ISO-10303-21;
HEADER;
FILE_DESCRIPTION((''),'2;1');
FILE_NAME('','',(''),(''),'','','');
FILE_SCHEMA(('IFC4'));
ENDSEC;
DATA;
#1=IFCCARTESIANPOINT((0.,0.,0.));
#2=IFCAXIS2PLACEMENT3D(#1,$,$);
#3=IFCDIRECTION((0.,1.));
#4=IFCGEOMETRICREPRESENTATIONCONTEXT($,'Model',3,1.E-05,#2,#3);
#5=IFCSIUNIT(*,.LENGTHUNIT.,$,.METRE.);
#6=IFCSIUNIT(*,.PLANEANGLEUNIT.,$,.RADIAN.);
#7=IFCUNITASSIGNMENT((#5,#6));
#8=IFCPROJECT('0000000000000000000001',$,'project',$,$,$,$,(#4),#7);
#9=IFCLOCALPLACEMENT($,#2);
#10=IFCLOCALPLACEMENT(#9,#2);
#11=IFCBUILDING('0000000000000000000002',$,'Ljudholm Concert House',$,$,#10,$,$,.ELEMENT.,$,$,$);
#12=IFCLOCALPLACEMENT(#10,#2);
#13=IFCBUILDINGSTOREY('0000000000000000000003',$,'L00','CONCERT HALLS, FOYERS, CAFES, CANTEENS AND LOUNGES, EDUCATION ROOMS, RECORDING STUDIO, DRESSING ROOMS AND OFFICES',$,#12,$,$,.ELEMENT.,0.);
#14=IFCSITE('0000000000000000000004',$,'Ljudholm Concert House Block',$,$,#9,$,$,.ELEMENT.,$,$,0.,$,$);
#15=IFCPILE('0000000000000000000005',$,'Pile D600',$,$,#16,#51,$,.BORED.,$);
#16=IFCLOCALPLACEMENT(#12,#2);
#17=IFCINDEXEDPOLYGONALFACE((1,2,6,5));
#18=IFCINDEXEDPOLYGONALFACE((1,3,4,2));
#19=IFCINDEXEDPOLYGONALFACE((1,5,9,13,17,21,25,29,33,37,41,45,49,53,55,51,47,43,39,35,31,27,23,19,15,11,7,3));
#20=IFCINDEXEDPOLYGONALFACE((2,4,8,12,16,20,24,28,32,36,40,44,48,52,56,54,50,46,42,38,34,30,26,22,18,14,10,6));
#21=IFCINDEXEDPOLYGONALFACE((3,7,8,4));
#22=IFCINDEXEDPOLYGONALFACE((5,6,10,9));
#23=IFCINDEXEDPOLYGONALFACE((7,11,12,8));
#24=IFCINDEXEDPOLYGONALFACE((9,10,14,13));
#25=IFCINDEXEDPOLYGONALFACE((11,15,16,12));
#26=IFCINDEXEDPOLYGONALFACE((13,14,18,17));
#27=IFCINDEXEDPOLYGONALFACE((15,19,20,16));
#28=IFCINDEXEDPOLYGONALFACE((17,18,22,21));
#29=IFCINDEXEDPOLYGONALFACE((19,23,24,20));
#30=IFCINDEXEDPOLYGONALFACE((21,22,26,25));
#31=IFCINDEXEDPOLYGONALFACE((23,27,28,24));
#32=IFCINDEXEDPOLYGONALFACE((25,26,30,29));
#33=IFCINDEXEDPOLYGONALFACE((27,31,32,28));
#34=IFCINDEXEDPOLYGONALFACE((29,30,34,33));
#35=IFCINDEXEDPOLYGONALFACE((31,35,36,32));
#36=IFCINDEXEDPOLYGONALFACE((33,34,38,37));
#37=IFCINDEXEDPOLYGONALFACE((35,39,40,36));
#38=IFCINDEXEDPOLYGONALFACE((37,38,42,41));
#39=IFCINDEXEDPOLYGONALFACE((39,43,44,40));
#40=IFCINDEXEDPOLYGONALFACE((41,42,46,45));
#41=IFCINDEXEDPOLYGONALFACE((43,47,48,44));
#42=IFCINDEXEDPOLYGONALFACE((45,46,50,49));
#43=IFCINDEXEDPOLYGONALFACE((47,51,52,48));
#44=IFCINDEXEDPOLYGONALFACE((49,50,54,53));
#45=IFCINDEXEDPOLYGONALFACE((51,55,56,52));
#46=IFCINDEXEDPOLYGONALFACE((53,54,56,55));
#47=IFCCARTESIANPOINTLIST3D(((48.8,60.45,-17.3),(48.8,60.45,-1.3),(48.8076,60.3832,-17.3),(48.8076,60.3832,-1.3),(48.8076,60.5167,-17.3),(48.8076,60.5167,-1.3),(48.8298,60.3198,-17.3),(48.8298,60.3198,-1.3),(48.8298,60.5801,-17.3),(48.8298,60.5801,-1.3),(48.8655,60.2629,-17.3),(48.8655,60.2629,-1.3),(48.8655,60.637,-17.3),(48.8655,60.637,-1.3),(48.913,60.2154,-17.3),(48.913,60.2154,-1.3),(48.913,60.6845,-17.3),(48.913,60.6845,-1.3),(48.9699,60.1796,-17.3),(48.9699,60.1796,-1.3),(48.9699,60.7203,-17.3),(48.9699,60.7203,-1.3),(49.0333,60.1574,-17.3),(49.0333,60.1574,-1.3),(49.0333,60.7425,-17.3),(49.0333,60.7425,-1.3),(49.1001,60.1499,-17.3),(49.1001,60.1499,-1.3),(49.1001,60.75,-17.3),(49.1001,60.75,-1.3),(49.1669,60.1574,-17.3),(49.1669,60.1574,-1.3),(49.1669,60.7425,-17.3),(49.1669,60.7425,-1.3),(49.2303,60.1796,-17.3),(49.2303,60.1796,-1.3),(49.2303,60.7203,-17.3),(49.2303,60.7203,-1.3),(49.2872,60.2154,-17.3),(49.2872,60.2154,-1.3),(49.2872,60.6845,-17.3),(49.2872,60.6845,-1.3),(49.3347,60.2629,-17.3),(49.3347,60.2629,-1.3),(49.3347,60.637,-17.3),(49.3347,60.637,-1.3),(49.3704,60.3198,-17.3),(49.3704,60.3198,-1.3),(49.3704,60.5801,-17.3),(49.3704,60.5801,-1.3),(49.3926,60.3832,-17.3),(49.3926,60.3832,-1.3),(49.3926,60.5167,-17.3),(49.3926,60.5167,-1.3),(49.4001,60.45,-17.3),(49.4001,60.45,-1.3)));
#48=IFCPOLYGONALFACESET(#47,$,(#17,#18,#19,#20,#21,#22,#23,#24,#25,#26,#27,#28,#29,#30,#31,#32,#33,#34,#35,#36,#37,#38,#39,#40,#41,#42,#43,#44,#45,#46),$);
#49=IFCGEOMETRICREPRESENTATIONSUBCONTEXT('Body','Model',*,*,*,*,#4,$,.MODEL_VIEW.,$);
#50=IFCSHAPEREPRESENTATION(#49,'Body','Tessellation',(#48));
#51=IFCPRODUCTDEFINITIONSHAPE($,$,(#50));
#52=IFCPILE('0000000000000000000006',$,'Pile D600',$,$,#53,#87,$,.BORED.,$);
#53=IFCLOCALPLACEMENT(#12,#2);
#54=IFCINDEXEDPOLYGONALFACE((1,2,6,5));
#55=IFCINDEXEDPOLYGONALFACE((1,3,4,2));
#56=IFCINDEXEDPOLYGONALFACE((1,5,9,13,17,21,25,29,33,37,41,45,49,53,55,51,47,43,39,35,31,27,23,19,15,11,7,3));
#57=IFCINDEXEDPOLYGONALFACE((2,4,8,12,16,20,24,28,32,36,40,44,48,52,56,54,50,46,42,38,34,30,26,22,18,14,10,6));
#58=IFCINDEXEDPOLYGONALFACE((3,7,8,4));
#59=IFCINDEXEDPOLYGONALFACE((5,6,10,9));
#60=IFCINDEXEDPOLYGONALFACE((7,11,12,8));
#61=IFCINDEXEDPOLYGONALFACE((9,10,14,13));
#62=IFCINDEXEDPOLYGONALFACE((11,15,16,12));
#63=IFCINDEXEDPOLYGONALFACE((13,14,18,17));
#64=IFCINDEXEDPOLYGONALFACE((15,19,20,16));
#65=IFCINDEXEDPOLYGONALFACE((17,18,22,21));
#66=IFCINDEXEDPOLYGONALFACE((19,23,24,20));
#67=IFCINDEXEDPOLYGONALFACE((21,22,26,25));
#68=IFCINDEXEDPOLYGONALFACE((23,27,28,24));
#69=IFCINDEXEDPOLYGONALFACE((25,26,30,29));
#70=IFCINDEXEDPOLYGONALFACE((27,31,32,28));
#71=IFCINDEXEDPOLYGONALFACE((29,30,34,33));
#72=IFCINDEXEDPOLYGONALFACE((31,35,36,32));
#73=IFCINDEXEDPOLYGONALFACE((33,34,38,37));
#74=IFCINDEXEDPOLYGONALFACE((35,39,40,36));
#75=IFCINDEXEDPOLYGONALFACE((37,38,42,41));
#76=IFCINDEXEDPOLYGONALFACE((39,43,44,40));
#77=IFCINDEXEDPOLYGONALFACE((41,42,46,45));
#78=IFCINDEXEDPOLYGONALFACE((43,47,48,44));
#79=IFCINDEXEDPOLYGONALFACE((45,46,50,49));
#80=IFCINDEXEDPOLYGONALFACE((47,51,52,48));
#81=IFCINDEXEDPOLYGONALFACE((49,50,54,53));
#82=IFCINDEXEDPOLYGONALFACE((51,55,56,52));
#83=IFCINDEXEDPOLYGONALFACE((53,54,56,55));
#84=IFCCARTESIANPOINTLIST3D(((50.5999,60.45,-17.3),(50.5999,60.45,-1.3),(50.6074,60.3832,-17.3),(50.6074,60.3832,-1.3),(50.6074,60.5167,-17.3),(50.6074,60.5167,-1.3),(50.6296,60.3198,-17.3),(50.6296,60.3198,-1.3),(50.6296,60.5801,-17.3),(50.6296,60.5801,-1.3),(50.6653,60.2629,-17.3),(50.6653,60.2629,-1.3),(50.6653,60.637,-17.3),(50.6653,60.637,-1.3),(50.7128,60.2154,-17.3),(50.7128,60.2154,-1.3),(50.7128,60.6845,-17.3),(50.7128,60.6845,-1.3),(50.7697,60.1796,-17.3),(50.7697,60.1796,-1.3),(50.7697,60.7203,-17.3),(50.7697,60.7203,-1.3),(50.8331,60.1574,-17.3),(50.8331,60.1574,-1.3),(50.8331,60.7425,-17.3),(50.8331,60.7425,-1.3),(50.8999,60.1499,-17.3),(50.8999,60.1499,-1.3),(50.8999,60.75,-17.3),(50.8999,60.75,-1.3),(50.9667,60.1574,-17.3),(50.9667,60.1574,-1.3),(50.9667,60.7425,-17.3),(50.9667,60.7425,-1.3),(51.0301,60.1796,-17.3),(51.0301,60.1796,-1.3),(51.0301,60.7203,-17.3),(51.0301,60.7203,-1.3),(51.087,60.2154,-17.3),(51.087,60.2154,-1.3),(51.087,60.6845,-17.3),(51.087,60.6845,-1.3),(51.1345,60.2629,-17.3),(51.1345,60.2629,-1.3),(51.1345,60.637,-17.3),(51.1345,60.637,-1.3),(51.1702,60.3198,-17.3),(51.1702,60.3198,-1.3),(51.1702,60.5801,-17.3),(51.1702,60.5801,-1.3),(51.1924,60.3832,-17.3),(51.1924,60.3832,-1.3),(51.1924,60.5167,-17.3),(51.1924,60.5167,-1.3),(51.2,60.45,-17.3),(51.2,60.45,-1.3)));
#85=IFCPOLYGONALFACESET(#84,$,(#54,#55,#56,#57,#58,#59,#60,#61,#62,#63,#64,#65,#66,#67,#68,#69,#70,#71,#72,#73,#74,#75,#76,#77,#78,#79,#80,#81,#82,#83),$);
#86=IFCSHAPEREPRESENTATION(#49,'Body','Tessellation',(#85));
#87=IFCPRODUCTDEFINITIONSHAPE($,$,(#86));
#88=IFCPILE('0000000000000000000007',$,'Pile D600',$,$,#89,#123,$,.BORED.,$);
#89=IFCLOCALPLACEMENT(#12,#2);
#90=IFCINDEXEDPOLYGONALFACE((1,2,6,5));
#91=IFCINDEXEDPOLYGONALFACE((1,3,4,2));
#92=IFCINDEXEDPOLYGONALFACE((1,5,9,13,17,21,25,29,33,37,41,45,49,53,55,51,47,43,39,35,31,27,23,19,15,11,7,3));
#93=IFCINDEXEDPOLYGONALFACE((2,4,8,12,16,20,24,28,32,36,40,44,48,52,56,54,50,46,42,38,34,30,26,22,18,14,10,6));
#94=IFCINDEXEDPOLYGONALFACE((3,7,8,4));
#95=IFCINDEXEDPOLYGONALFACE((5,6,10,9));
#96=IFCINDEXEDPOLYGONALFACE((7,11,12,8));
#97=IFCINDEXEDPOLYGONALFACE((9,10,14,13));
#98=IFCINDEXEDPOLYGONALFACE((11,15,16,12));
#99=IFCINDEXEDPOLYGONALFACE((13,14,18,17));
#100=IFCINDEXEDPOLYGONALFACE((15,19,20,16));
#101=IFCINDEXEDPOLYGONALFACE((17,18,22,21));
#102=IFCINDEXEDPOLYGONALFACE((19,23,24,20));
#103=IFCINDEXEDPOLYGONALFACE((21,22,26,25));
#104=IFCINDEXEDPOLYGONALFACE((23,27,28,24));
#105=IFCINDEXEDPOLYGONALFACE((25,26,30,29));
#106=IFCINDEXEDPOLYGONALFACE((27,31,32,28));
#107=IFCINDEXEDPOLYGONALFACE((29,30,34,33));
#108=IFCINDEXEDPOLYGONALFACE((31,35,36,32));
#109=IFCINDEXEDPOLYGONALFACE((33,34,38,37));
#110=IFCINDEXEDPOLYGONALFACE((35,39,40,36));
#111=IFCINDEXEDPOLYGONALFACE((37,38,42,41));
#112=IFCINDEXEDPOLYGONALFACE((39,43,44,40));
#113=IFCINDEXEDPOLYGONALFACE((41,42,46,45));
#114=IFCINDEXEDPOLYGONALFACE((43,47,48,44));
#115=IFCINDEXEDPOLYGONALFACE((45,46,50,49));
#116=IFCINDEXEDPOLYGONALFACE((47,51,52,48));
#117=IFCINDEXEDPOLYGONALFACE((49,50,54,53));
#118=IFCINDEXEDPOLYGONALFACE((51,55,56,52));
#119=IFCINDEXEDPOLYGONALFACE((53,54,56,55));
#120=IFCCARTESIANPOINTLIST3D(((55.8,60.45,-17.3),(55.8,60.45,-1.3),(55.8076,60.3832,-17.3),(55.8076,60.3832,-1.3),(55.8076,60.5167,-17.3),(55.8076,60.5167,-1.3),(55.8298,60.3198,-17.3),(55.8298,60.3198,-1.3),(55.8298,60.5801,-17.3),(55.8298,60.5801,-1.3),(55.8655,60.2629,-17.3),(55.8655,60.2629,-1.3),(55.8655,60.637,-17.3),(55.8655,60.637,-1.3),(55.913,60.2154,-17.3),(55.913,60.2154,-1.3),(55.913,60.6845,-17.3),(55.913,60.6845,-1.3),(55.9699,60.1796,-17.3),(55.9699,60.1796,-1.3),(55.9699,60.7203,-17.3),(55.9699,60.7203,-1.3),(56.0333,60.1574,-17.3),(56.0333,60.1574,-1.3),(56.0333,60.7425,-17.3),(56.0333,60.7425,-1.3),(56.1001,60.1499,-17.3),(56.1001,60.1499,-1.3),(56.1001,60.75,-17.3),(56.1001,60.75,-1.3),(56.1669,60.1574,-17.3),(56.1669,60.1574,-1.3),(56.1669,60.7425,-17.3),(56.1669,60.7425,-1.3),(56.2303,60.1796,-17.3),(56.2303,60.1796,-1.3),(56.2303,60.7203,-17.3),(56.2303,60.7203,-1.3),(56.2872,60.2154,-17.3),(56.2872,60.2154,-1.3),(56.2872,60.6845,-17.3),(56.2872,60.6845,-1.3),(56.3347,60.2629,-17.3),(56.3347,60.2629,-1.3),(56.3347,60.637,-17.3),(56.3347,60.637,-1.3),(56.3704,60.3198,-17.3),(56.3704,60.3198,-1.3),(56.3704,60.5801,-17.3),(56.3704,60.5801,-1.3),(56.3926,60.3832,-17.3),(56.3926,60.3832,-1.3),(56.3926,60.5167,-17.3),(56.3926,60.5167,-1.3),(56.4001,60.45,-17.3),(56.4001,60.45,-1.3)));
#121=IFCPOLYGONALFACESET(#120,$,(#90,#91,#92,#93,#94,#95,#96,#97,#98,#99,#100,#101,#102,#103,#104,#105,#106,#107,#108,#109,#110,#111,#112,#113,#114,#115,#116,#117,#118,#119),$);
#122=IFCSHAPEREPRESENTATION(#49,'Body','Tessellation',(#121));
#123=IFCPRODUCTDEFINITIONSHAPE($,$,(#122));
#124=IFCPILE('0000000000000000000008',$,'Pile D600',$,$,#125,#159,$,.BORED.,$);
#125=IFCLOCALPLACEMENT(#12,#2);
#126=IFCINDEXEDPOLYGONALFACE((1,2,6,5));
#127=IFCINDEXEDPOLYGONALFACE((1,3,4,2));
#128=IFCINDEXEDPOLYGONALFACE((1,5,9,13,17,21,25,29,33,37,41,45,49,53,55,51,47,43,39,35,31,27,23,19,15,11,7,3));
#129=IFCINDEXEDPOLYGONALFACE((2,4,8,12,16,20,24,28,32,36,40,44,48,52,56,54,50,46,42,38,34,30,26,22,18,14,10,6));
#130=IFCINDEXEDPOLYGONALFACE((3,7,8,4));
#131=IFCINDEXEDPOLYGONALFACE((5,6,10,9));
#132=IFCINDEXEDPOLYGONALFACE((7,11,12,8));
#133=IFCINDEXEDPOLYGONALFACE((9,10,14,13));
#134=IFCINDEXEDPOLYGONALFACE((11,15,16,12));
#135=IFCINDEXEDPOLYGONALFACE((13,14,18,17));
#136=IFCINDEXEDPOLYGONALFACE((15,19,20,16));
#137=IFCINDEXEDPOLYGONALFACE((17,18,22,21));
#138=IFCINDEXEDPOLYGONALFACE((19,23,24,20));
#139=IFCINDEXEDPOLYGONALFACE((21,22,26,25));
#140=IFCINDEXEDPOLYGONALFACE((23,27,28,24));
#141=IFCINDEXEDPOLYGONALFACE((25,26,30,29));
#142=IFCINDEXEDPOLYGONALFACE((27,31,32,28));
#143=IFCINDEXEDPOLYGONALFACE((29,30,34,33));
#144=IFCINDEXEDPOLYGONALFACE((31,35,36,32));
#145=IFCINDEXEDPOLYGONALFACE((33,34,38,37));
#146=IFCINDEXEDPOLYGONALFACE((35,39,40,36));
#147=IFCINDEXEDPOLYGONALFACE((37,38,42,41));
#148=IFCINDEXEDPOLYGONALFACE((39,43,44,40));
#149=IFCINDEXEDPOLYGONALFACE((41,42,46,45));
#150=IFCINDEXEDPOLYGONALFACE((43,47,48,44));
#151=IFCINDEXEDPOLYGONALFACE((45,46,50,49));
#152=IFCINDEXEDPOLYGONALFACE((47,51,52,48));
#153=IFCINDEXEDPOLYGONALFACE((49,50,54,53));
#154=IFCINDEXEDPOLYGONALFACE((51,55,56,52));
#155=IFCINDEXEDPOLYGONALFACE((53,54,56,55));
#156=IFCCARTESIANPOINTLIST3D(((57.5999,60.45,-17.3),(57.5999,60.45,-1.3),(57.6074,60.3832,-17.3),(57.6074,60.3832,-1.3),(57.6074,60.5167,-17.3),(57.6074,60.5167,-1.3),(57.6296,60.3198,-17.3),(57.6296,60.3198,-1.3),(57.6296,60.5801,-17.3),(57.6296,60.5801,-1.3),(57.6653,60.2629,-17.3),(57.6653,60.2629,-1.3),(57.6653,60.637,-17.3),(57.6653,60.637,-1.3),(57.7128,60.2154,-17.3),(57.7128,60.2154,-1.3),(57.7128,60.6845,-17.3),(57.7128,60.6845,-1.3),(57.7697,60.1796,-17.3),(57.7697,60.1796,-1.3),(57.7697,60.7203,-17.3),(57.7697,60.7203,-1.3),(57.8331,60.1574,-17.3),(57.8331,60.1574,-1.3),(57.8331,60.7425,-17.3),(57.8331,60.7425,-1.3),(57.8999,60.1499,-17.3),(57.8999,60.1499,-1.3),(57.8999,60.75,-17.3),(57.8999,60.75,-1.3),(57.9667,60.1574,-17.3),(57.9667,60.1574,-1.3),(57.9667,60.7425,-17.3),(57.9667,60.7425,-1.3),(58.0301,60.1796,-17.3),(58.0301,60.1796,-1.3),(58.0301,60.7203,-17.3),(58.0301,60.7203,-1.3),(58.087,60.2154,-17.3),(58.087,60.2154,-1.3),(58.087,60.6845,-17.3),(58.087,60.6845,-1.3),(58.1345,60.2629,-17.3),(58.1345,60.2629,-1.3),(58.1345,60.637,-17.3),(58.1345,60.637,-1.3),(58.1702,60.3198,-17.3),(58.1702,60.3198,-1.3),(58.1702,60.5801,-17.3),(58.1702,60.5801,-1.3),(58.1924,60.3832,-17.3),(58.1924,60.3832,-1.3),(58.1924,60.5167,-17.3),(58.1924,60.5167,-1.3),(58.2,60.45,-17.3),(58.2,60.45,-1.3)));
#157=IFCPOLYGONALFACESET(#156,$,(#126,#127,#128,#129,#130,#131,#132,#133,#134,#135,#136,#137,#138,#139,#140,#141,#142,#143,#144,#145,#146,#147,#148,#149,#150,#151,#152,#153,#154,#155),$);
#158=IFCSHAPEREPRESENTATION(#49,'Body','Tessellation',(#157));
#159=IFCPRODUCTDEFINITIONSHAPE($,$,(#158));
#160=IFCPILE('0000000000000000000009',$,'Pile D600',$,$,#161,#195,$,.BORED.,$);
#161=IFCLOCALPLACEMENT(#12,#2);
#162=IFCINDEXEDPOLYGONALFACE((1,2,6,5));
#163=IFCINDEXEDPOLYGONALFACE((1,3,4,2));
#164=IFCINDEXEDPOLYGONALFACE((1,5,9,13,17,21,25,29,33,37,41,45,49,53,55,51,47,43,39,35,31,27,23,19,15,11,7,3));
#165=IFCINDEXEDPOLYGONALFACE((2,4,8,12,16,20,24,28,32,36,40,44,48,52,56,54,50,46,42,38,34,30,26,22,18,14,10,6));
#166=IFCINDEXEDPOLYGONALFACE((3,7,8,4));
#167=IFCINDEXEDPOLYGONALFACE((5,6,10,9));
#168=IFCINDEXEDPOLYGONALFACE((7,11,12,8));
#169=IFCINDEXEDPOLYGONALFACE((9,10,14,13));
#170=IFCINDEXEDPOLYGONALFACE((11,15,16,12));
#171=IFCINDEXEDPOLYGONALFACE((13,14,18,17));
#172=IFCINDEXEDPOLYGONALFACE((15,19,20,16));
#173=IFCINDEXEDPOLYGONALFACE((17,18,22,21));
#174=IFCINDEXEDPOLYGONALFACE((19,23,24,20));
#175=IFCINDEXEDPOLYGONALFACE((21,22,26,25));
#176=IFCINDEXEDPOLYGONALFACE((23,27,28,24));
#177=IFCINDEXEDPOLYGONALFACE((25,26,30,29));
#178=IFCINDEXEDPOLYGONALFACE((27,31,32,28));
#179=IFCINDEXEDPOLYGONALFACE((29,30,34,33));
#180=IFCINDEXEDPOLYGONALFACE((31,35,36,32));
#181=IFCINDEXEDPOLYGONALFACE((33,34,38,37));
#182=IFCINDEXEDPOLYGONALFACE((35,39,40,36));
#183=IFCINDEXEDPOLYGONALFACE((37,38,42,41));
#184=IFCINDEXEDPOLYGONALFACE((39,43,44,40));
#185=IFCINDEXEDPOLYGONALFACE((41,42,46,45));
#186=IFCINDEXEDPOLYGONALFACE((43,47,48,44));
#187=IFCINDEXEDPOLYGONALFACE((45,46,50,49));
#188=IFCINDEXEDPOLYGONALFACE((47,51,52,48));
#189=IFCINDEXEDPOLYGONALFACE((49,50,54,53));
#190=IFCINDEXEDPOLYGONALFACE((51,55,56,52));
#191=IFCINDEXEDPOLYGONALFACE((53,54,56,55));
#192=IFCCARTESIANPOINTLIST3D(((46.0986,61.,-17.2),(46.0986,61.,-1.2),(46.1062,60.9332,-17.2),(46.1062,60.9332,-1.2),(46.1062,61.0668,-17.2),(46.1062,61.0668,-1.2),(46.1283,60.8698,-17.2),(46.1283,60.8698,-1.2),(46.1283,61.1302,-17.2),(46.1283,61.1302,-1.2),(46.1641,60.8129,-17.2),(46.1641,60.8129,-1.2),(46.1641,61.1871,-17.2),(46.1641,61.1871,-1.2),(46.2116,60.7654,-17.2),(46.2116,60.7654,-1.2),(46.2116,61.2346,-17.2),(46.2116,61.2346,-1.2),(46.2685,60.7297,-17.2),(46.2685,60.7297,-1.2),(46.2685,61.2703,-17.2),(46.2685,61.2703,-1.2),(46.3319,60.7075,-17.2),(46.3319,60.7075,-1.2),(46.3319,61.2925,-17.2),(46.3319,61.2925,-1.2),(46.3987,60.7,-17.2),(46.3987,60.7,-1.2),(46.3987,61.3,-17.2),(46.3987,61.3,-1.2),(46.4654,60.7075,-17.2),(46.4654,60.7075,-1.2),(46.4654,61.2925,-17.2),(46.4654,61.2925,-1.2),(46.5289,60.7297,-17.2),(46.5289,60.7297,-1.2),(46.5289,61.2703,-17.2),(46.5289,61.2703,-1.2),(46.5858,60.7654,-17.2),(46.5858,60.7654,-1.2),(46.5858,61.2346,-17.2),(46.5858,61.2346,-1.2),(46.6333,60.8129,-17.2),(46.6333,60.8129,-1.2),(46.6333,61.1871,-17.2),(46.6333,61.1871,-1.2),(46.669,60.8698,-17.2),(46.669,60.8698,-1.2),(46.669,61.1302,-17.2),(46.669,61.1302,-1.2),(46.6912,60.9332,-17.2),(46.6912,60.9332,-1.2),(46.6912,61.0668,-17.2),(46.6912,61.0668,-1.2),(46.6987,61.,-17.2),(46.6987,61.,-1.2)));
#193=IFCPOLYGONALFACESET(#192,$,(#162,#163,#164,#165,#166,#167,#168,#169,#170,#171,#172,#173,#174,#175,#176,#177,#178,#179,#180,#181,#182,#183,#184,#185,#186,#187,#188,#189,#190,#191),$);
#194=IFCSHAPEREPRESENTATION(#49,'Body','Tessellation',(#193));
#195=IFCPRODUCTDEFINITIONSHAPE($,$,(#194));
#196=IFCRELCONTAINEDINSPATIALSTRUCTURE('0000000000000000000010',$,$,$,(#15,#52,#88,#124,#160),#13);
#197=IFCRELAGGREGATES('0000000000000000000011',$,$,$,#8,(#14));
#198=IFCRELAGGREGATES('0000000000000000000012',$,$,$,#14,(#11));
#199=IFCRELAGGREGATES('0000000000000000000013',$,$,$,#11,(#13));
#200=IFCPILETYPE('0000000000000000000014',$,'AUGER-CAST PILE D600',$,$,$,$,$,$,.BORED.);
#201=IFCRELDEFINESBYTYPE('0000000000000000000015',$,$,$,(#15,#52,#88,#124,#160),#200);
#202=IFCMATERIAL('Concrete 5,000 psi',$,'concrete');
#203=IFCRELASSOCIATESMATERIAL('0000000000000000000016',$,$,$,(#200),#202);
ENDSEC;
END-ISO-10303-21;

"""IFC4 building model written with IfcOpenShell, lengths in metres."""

from ifc_helpers import new_model, si_unit, direction, frame, origin, origin_2d, place, context, subcontext, project, spatial, circle, extrude, material, material_profile, profile_set, type_object, element, save


model = new_model("IFC4")

# Units and contexts
model_context = context("Model", 3, precision=1e-05, world=origin(), true_north=direction((0.0, 1.0)))
body_context = subcontext(model_context, "Body", "Model", "MODEL_VIEW")
ifc_project = project(units=[si_unit("LENGTHUNIT", "METRE"), si_unit("PLANEANGLEUNIT", "RADIAN")], contexts=[model_context])

# Site, building, storey
site_placement = place(None, origin())
site = spatial("IfcSite", under=ifc_project, at=site_placement, Name="Ljudholm Concert House Block", CompositionType="ELEMENT", RefElevation=0.0)
building_placement = place(site_placement, origin())
building = spatial("IfcBuilding", under=site, at=building_placement, Name="Ljudholm Concert House", CompositionType="ELEMENT")
storey_placement = place(building_placement, origin())
storey = spatial("IfcBuildingStorey", under=building, at=storey_placement, Name="L00", Description="CONCERT HALLS, FOYERS, CAFES, CANTEENS AND LOUNGES, EDUCATION ROOMS, RECORDING STUDIO, DRESSING ROOMS AND OFFICES", CompositionType="ELEMENT", Elevation=0.0)

# Piles
ifc_material_1 = material(Name="Concrete 5,000 psi", Category="concrete")
ifc_material_profile_1 = material_profile(ifc_material_1, circle(Radius=0.3, at=origin_2d()), Name="AUGER-CAST PILE D600")
ifc_profile_set_1 = profile_set([ifc_material_profile_1], Name="Concrete 5,000 psi")
pile_type_1 = type_object("IfcPileType", Name="AUGER-CAST PILE D600", PredefinedType="BORED", material=ifc_profile_set_1)
for number, where, z_axis, x_axis, name in (
    (1, (49.1001, 60.45, -1.3), (0.0, 0.0, -1.0), (1.0, 0.0, 0.0), "Pile D600"),
    (2, (50.8999, 60.45, -1.3), (0.0, 0.0, -1.0), (1.0, 0.0, 0.0), "Pile D600"),
    (3, (56.1001, 60.45, -1.3), (0.0, 0.0, -1.0), (1.0, 0.0, 0.0), "Pile D600"),
    (4, (57.8999, 60.45, -1.3), (0.0, 0.0, -1.0), (1.0, 0.0, 0.0), "Pile D600"),
    (5, (46.3987, 61.0, -1.2), (0.0, 0.0, -1.0), (1.0, 0.0, 0.0), "Pile D600"),
):
    element("IfcPile", number, at=place(storey_placement, frame(where, z_axis=z_axis, x_axis=x_axis)), inside=storey, type_object=pile_type_1, Name=name, PredefinedType="BORED", context=body_context, shape_type="SweptSolid", body=[
        extrude(circle(Radius=0.3, at=origin_2d()), origin(), (0.0, 0.0, 1.0), 16.0),
    ])

save(model, "model.ifc")
